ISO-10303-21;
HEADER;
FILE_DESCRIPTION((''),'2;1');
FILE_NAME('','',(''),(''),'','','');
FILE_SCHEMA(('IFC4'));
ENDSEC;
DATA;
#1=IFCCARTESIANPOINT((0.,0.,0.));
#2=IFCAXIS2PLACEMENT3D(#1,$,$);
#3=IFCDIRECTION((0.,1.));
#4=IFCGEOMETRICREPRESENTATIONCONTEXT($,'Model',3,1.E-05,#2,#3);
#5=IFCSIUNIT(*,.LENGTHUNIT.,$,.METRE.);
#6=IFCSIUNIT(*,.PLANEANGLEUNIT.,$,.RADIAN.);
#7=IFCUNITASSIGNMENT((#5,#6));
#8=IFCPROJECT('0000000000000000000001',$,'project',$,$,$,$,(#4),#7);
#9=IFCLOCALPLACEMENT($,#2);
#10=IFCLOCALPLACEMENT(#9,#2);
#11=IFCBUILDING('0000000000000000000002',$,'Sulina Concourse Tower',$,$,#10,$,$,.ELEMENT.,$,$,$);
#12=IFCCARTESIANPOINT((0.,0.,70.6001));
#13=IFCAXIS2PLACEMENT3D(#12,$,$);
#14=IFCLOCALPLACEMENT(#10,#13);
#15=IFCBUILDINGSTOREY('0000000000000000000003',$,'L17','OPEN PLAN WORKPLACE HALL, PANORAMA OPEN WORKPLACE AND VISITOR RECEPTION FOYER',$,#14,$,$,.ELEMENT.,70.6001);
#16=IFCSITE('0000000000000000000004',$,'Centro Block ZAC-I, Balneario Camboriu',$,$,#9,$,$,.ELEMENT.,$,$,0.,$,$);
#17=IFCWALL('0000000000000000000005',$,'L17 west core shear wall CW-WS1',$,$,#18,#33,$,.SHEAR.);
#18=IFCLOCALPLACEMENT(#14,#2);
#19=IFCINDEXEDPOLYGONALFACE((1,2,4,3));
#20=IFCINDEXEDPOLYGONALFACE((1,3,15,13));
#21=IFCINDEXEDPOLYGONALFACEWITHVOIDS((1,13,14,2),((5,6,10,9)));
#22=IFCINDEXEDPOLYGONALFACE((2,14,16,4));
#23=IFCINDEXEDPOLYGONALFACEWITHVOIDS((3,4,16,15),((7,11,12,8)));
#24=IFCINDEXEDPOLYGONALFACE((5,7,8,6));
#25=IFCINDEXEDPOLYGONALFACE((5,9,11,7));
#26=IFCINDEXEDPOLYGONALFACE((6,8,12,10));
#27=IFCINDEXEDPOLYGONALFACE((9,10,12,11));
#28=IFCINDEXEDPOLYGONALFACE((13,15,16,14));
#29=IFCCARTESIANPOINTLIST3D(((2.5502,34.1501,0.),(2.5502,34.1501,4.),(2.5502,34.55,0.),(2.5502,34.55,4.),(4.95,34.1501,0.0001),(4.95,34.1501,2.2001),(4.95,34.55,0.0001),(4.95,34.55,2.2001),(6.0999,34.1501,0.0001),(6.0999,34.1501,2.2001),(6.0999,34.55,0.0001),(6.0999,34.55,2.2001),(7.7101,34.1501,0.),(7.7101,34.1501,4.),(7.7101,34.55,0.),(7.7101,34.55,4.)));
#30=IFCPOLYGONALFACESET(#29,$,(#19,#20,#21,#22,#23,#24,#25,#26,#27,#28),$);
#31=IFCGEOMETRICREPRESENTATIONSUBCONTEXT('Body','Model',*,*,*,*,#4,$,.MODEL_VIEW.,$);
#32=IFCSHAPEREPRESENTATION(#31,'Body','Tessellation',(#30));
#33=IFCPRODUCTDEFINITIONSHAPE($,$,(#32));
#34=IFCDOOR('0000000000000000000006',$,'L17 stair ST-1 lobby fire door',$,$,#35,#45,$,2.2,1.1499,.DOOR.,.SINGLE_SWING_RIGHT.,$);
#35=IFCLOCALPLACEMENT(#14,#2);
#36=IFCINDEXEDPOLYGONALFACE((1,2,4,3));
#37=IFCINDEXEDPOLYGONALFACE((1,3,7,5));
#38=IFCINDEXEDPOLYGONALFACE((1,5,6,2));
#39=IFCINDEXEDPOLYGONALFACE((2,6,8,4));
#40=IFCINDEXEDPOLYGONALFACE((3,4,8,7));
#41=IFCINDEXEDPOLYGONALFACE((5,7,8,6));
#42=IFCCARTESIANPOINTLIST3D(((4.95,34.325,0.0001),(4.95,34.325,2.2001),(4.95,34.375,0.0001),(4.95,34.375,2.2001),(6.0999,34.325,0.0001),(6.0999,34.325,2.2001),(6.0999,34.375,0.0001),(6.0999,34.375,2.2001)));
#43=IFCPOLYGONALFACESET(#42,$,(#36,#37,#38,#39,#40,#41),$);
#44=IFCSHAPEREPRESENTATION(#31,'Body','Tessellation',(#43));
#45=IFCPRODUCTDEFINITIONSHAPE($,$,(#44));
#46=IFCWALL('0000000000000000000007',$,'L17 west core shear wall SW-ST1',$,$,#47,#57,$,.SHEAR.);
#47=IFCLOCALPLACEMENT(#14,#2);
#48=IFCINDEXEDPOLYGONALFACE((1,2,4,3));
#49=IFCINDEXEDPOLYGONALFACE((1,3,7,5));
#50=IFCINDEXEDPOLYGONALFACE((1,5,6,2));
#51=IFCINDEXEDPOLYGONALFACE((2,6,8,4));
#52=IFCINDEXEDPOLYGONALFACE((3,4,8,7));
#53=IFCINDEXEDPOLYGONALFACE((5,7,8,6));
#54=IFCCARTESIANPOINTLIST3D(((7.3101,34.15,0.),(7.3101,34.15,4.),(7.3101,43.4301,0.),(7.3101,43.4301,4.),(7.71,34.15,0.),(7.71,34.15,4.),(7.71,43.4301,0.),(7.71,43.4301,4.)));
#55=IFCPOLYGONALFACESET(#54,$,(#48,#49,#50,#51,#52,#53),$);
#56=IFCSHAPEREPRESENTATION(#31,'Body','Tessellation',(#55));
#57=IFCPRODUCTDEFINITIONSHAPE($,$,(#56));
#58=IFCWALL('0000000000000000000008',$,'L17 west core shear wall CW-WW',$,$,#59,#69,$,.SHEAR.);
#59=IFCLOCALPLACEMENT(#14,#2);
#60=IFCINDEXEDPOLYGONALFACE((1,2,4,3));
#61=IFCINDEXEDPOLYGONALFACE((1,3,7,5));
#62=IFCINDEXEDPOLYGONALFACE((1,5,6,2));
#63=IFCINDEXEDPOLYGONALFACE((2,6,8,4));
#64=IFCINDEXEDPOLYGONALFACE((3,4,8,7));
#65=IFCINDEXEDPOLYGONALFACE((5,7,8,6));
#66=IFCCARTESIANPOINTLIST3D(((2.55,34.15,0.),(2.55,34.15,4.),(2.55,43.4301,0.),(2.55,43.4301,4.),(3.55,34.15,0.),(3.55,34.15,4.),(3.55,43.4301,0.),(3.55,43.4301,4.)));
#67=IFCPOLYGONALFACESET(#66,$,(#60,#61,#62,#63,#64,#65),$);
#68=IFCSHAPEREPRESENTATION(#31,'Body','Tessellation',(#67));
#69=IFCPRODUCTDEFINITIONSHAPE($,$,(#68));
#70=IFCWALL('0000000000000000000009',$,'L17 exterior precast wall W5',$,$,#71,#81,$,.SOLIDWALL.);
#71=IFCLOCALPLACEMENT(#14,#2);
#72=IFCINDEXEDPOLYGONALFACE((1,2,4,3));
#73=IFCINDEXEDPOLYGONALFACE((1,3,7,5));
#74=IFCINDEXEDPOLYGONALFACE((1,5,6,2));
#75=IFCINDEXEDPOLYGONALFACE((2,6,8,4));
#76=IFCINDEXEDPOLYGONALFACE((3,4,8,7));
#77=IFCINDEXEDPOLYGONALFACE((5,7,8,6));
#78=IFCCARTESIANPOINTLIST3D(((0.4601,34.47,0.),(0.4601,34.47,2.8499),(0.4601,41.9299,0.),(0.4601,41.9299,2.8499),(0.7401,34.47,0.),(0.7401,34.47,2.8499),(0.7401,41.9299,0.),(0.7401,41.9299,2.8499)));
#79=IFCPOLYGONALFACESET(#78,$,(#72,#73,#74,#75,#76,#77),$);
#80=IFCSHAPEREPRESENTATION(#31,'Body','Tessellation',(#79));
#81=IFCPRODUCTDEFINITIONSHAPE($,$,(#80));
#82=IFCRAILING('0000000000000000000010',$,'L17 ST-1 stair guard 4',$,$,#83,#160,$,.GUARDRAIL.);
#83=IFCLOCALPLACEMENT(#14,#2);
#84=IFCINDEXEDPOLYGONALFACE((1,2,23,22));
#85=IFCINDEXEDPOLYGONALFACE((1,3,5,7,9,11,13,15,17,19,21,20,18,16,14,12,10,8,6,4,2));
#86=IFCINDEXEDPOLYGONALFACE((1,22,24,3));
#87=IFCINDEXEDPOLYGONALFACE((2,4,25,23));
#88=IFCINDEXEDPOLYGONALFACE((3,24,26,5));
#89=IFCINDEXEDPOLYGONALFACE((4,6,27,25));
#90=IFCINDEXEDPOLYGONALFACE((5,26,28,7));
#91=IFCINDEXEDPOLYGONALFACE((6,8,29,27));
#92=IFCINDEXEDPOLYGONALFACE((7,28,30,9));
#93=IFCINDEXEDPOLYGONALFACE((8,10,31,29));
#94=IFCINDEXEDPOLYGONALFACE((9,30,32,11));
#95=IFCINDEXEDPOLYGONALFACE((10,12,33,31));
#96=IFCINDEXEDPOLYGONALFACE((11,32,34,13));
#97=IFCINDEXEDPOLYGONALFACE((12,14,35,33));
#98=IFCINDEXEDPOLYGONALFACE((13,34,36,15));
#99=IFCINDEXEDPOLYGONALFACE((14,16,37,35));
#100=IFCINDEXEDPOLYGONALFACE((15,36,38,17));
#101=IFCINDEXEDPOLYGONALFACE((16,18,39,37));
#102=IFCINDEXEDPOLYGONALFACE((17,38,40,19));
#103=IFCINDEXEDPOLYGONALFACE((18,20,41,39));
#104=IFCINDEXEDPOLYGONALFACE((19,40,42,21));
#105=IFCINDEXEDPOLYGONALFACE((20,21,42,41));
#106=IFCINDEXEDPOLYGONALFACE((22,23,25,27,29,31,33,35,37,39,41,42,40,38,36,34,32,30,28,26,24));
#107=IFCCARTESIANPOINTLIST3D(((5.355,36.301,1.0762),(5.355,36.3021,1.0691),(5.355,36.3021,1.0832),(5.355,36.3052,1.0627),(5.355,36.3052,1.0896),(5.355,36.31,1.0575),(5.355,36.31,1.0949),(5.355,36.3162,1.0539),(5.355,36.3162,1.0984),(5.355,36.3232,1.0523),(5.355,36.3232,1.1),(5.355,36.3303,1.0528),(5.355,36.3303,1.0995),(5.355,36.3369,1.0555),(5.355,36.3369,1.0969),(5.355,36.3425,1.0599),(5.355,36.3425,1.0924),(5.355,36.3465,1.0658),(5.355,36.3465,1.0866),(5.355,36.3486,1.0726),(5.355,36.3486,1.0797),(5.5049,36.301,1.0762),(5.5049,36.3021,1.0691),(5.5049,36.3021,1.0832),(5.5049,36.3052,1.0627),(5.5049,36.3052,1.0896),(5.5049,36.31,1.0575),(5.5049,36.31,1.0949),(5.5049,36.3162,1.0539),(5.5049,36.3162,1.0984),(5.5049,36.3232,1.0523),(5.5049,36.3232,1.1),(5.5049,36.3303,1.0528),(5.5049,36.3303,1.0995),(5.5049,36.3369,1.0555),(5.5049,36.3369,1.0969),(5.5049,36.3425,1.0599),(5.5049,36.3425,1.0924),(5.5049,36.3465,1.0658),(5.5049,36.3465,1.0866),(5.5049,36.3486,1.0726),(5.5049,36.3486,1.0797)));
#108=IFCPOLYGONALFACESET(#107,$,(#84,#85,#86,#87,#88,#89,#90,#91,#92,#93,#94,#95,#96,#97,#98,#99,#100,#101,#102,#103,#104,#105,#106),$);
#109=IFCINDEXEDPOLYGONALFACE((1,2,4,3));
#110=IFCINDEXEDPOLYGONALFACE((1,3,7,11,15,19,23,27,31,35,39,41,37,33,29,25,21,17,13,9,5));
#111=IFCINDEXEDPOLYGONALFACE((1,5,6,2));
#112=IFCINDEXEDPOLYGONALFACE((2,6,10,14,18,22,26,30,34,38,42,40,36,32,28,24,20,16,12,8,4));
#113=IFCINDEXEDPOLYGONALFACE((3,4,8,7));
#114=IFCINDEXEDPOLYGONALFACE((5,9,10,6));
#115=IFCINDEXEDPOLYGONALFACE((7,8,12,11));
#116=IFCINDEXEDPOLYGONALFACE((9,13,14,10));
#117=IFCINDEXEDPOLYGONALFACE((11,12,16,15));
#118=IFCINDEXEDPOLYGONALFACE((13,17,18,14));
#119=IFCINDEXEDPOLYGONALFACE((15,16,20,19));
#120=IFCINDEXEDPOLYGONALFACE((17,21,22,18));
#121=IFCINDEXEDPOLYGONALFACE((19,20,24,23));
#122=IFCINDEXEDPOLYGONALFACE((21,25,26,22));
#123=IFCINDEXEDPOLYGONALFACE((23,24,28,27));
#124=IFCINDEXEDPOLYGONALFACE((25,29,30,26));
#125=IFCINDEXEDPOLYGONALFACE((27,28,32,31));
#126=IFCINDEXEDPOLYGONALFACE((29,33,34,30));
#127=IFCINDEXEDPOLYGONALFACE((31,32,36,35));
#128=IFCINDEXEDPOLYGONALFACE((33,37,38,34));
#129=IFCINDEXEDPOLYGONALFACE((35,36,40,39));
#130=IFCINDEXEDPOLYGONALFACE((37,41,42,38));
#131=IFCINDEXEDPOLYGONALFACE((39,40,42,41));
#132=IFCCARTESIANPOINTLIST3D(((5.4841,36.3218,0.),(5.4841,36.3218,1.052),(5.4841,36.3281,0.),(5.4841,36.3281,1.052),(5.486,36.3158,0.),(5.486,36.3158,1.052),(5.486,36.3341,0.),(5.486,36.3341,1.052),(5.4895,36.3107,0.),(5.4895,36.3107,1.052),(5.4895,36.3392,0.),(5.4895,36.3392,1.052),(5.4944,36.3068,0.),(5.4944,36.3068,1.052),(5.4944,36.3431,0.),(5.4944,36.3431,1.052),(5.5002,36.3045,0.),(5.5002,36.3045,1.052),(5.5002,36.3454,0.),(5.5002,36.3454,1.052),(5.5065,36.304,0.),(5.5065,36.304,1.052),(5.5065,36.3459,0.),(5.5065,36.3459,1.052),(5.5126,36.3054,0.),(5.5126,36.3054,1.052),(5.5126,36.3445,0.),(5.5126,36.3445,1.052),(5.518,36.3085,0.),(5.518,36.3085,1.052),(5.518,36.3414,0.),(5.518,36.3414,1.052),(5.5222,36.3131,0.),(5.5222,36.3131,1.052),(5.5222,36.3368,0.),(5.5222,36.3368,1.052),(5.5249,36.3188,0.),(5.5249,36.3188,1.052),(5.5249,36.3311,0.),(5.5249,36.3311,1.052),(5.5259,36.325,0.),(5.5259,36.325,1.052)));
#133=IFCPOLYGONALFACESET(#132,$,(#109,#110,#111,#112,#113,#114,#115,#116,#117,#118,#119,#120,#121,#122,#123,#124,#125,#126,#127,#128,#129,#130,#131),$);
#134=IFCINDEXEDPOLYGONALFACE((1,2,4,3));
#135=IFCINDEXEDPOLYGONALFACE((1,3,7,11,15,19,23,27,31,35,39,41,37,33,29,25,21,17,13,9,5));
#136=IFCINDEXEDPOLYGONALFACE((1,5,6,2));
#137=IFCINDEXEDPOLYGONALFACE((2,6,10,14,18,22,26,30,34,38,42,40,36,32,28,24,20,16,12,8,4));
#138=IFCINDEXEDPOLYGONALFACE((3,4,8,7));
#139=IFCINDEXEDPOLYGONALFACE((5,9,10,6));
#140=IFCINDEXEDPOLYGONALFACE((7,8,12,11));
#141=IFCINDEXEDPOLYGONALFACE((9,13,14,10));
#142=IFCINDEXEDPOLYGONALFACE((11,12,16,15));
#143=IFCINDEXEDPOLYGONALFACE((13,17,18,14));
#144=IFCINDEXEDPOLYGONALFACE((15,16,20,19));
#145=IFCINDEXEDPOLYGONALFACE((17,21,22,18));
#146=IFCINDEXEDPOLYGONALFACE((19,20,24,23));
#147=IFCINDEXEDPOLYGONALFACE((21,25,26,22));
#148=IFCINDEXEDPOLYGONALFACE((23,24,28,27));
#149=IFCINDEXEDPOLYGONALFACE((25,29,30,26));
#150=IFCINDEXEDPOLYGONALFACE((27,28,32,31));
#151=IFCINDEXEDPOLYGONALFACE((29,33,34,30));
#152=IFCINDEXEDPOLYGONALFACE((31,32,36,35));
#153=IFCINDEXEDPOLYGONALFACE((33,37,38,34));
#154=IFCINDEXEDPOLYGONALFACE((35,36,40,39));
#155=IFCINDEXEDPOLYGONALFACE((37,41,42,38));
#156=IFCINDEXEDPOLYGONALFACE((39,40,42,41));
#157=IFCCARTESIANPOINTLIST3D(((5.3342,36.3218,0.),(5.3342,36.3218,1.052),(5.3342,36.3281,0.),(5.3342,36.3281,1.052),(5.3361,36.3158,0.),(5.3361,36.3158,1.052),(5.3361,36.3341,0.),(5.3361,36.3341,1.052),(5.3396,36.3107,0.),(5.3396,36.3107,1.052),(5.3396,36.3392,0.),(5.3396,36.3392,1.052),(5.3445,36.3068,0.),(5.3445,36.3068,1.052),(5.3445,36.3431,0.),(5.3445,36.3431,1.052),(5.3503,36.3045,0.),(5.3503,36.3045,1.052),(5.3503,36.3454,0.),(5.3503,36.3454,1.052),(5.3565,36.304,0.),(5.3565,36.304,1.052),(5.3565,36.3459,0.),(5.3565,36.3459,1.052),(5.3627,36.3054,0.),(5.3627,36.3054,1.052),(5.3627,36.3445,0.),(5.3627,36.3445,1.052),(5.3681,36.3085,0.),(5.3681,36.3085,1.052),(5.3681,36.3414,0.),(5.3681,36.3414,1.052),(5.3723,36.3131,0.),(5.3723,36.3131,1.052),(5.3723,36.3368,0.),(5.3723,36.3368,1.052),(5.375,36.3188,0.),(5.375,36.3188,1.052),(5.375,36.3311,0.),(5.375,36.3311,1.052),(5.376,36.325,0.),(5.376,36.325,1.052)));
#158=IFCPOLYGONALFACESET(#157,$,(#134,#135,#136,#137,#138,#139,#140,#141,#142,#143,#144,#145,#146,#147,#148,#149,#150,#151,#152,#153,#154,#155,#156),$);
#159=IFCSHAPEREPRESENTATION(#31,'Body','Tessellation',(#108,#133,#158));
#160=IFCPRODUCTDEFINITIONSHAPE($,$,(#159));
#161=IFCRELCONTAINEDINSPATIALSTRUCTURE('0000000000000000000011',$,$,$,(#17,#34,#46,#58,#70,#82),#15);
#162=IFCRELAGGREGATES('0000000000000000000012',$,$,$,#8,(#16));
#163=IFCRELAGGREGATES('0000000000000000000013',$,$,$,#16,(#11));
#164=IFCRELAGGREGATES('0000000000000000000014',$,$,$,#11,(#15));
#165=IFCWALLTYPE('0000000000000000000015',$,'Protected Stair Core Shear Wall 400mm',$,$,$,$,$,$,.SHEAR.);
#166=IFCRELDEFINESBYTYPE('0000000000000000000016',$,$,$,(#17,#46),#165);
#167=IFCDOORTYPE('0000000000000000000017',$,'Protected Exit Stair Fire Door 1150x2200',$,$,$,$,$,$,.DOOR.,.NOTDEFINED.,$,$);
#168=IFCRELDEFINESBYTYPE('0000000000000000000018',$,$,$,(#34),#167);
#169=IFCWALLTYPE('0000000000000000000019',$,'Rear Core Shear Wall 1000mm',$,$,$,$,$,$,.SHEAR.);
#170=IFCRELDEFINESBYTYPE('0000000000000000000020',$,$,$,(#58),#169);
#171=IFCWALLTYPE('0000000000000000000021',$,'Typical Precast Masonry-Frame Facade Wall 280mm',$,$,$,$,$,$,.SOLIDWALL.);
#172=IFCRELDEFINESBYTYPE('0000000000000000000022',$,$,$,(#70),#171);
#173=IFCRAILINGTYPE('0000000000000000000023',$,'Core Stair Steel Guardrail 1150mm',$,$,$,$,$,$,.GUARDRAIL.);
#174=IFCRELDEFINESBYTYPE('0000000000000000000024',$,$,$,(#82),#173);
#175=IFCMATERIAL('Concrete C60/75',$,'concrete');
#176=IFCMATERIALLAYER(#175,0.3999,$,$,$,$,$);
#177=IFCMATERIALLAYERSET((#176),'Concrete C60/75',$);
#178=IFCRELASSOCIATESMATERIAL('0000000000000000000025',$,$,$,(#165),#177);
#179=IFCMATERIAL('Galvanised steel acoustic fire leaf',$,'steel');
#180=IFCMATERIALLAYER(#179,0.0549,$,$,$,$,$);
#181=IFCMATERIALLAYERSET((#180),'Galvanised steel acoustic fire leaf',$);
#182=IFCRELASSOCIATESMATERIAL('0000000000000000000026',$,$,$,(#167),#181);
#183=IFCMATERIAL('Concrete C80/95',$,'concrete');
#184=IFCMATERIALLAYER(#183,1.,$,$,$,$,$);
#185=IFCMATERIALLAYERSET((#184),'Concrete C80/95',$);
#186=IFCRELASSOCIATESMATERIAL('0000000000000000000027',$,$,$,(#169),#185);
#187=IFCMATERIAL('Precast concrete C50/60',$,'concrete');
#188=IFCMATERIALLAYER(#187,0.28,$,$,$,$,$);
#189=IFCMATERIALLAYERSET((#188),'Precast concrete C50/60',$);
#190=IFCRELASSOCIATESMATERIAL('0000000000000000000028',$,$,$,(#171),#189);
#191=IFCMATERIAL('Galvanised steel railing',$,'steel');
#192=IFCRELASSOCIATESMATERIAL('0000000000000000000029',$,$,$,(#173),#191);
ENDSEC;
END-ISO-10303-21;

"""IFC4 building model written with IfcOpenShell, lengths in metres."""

from ifc_helpers import new_model, si_unit, direction, frame, frame_2d, origin, origin_2d, place, context, subcontext, project, spatial, rectangle, circle, extrude, material, layer, layer_set, type_object, element, fill, save


model = new_model("IFC4")

# Units and contexts
model_context = context("Model", 3, precision=1e-05, world=origin(), true_north=direction((0.0, 1.0)))
body_context = subcontext(model_context, "Body", "Model", "MODEL_VIEW")
ifc_project = project(units=[si_unit("LENGTHUNIT", "METRE"), si_unit("PLANEANGLEUNIT", "RADIAN")], contexts=[model_context])

# Site, building, storey
site_placement = place(None, origin())
site = spatial("IfcSite", under=ifc_project, at=site_placement, Name="Centro Block ZAC-I, Balneario Camboriu", CompositionType="ELEMENT", RefElevation=0.0)
building_placement = place(site_placement, origin())
building = spatial("IfcBuilding", under=site, at=building_placement, Name="Sulina Concourse Tower", CompositionType="ELEMENT")
storey_placement = place(building_placement, frame((0.0, 0.0, 70.6001)))
storey = spatial("IfcBuildingStorey", under=building, at=storey_placement, Name="L17", Description="OPEN PLAN WORKPLACE HALL, PANORAMA OPEN WORKPLACE AND VISITOR RECEPTION FOYER", CompositionType="ELEMENT", Elevation=70.6001)

# Wall, opening, door
ifc_material_1 = material(Name="Concrete C60/75", Category="concrete")
ifc_layer_1 = layer(ifc_material_1, 0.3999)
ifc_layer_set_1 = layer_set([ifc_layer_1], Name="Concrete C60/75")
wall_type_1 = type_object("IfcWallType", Name="Protected Stair Core Shear Wall 400mm", PredefinedType="SHEAR", material=ifc_layer_set_1)
wall_1_placement = place(storey_placement, frame((2.55, 34.3501, 0.0), z_axis=(0.0, 0.0, 1.0), x_axis=(1.0, 0.0, 0.0)))
wall_1 = element("IfcWall", 1, at=wall_1_placement, inside=storey, type_object=wall_type_1, Name="L17 west core shear wall CW-WS1", PredefinedType="SHEAR", context=body_context, shape_type="SweptSolid", body=[
    extrude(rectangle(XDim=5.1599, YDim=0.3999, at=frame_2d((2.5801, 0.0))), origin(), (0.0, 0.0, 1.0), 4.0),
])
opening_placement = place(wall_1_placement, frame((2.3999, 0.0, 0.0)))
opening = element("IfcOpeningElement", 2, at=opening_placement, cuts=wall_1, PredefinedType="OPENING", context=body_context, shape_type="SweptSolid", body=[
    extrude(rectangle(XDim=1.1499, YDim=2.2, at=frame_2d((0.575, 1.1001))), frame((0.0, 0.21, 0.0), z_axis=(0.0, -1.0, 0.0), x_axis=(1.0, 0.0, 0.0)), (0.0, 0.0, 1.0), 0.4199),
])
ifc_material_2 = material(Name="Galvanised steel acoustic fire leaf", Category="steel")
ifc_layer_2 = layer(ifc_material_2, 0.0549)
ifc_layer_set_2 = layer_set([ifc_layer_2], Name="Galvanised steel acoustic fire leaf")
door_type = type_object("IfcDoorType", Name="Protected Exit Stair Fire Door 1150x2200", OperationType="NOTDEFINED", PredefinedType="DOOR", material=ifc_layer_set_2)
door_placement = place(opening_placement, origin())
door = element("IfcDoor", 3, at=door_placement, inside=storey, type_object=door_type, Name="L17 stair ST-1 lobby fire door", OperationType="SINGLE_SWING_RIGHT", OverallHeight=2.2, OverallWidth=1.1499, PredefinedType="DOOR", context=body_context, shape_type="SweptSolid", body=[
    extrude(rectangle(XDim=1.1499, YDim=2.2, at=frame_2d((0.575, 1.1001))), frame((0.0, 0.0249, 0.0), z_axis=(0.0, -1.0, 0.0), x_axis=(1.0, 0.0, 0.0)), (0.0, 0.0, 1.0), 0.05),
])
fill(opening, door)

# Walls
wall_2_placement = place(storey_placement, frame((7.51, 34.1499, 0.0), z_axis=(0.0, 0.0, 1.0), x_axis=(0.0, 1.0, 0.0)))
element("IfcWall", 4, at=wall_2_placement, inside=storey, type_object=wall_type_1, Name="L17 west core shear wall SW-ST1", PredefinedType="SHEAR", context=body_context, shape_type="SweptSolid", body=[
    extrude(rectangle(XDim=9.28, YDim=0.3999, at=frame_2d((4.6401, 0.0))), origin(), (0.0, 0.0, 1.0), 4.0),
])
ifc_material_3 = material(Name="Concrete C80/95", Category="concrete")
ifc_layer_3 = layer(ifc_material_3, 1.0)
ifc_layer_set_3 = layer_set([ifc_layer_3], Name="Concrete C80/95")
wall_type_2 = type_object("IfcWallType", Name="Rear Core Shear Wall 1000mm", PredefinedType="SHEAR", material=ifc_layer_set_3)
wall_3_placement = place(storey_placement, frame((3.05, 34.1499, 0.0), z_axis=(0.0, 0.0, 1.0), x_axis=(0.0, 1.0, 0.0)))
element("IfcWall", 5, at=wall_3_placement, inside=storey, type_object=wall_type_2, Name="L17 west core shear wall CW-WW", PredefinedType="SHEAR", context=body_context, shape_type="SweptSolid", body=[
    extrude(rectangle(XDim=9.28, YDim=1.0, at=frame_2d((4.6401, 0.0))), origin(), (0.0, 0.0, 1.0), 4.0),
])
ifc_material_4 = material(Name="Precast concrete C50/60", Category="concrete")
ifc_layer_4 = layer(ifc_material_4, 0.28)
ifc_layer_set_4 = layer_set([ifc_layer_4], Name="Precast concrete C50/60")
wall_type_3 = type_object("IfcWallType", Name="Typical Precast Masonry-Frame Facade Wall 280mm", PredefinedType="SOLIDWALL", material=ifc_layer_set_4)
wall_4_placement = place(storey_placement, frame((0.6001, 34.47, 0.0), z_axis=(0.0, 0.0, 1.0), x_axis=(0.0, 1.0, 0.0)))
element("IfcWall", 6, at=wall_4_placement, inside=storey, type_object=wall_type_3, Name="L17 exterior precast wall W5", PredefinedType="SOLIDWALL", context=body_context, shape_type="SweptSolid", body=[
    extrude(rectangle(XDim=7.46, YDim=0.28, at=frame_2d((3.73, 0.0))), origin(), (0.0, 0.0, 1.0), 2.8499),
])

# Railing
ifc_material_5 = material(Name="Galvanised steel railing", Category="steel")
railing_type = type_object("IfcRailingType", Name="Core Stair Steel Guardrail 1150mm", PredefinedType="GUARDRAIL", material=ifc_material_5)
railing_placement = place(storey_placement, frame((5.5049, 36.325, 0.0)))
element("IfcRailing", 7, at=railing_placement, inside=storey, type_object=railing_type, Name="L17 ST-1 stair guard 4", PredefinedType="GUARDRAIL", context=body_context, shape_type="SweptSolid", body=[
    extrude(circle(Radius=0.0239, at=origin_2d()), frame((0.0, 0.0, 1.0762), z_axis=(-1.0, 0.0, 0.0), x_axis=(0.0, -1.0, 0.0)), (0.0, 0.0, 1.0), 0.1499),
    extrude(circle(Radius=0.021, at=origin_2d()), origin(), (0.0, 0.0, 1.0), 1.052),
    extrude(circle(Radius=0.021, at=origin_2d()), frame((-0.1499, 0.0, 0.0)), (0.0, 0.0, 1.0), 1.052),
])

save(model, "model.ifc")
